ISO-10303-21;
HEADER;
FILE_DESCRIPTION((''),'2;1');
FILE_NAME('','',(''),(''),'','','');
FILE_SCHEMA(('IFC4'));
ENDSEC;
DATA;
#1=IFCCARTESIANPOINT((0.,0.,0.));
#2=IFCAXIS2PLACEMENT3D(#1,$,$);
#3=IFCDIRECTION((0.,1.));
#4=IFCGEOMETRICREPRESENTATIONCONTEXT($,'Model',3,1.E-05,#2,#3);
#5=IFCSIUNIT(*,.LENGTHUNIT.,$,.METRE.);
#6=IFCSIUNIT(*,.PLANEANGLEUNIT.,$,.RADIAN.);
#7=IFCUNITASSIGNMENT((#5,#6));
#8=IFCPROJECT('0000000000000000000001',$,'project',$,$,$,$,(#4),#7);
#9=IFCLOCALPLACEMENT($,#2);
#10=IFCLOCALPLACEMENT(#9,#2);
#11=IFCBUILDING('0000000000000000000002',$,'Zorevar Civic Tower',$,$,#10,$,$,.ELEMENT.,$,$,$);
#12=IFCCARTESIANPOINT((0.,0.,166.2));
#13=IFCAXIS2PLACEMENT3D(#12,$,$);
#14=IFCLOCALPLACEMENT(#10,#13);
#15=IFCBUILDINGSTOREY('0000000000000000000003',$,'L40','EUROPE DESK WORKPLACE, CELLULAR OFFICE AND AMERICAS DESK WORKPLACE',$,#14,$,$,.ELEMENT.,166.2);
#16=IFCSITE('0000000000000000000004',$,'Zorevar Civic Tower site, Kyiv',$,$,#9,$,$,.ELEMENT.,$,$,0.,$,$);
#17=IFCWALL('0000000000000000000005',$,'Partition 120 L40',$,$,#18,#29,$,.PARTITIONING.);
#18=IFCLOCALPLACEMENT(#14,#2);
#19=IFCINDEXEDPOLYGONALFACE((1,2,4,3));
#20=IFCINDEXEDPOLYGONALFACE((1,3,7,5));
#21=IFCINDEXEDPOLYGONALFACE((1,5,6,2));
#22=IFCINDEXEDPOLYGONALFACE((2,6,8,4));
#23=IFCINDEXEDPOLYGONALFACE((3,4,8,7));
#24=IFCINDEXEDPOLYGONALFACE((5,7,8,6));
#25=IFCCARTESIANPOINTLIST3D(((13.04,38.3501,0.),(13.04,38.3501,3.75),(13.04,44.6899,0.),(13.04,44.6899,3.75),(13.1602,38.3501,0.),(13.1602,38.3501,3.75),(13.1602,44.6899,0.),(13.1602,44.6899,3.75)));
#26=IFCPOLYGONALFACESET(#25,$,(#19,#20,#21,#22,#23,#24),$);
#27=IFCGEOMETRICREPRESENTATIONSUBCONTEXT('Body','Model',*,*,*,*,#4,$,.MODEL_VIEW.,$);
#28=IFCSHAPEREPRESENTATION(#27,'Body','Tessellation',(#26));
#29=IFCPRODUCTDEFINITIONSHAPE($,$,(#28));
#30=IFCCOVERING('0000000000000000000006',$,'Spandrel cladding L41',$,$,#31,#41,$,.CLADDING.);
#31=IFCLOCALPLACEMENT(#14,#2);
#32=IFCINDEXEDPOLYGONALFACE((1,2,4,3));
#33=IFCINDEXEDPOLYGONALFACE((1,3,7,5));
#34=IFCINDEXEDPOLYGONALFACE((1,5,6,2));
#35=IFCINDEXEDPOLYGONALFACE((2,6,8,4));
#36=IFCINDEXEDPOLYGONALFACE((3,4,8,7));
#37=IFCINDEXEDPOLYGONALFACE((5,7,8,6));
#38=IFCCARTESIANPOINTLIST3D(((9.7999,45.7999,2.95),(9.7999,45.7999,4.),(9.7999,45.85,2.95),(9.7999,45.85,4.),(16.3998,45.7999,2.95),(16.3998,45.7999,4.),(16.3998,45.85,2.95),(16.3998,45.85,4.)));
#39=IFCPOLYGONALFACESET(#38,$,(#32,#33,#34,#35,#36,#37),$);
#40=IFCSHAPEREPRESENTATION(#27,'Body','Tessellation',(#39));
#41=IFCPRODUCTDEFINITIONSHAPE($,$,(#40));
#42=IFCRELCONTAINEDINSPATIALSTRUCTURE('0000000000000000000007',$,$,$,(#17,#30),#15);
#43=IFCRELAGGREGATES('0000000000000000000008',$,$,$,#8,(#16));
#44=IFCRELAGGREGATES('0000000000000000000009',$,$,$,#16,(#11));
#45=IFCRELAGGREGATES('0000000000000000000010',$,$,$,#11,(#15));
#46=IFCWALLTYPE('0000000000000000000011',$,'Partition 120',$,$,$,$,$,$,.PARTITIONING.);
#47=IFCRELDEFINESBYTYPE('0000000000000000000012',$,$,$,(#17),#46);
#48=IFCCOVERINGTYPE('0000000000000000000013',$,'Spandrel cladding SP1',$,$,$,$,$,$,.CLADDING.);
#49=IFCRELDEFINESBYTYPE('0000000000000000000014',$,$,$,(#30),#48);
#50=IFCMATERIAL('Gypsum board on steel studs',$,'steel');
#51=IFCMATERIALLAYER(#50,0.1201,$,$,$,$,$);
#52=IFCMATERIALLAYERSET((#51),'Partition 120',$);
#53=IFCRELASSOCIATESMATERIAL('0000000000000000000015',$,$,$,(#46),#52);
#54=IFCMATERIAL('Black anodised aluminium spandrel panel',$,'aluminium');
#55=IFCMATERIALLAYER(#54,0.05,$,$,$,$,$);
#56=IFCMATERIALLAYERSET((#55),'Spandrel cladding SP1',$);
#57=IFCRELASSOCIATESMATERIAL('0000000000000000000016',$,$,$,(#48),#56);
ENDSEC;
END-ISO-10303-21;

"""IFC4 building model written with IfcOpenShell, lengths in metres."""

from ifc_helpers import new_model, si_unit, direction, frame, frame_2d, origin, place, context, subcontext, project, spatial, rectangle, extrude, material, layer, layer_set, type_object, element, save


model = new_model("IFC4")

# Units and contexts
model_context = context("Model", 3, precision=1e-05, world=origin(), true_north=direction((0.0, 1.0)))
body_context = subcontext(model_context, "Body", "Model", "MODEL_VIEW")
ifc_project = project(units=[si_unit("LENGTHUNIT", "METRE"), si_unit("PLANEANGLEUNIT", "RADIAN")], contexts=[model_context])

# Site, building, storey
site_placement = place(None, origin())
site = spatial("IfcSite", under=ifc_project, at=site_placement, Name="Zorevar Civic Tower site, Kyiv", CompositionType="ELEMENT", RefElevation=0.0)
building_placement = place(site_placement, origin())
building = spatial("IfcBuilding", under=site, at=building_placement, Name="Zorevar Civic Tower", CompositionType="ELEMENT")
storey_placement = place(building_placement, frame((0.0, 0.0, 166.2)))
storey = spatial("IfcBuildingStorey", under=building, at=storey_placement, Name="L40", Description="EUROPE DESK WORKPLACE, CELLULAR OFFICE AND AMERICAS DESK WORKPLACE", CompositionType="ELEMENT", Elevation=166.2)

# Shared definitions
ifc_material_1 = material(Name="Gypsum board on steel studs", Category="steel")
ifc_layer_1 = layer(ifc_material_1, 0.1201)
ifc_layer_set_1 = layer_set([ifc_layer_1], Name="Partition 120")
wall_type_1 = type_object("IfcWallType", Name="Partition 120", PredefinedType="PARTITIONING", material=ifc_layer_set_1)

# Wall
wall_1_placement = place(storey_placement, frame((13.1001, 38.3501, 0.0), z_axis=(0.0, 0.0, 1.0), x_axis=(0.0, 1.0, 0.0)))
element("IfcWall", 1, at=wall_1_placement, inside=storey, type_object=wall_type_1, Name="Partition 120 L40", PredefinedType="PARTITIONING", context=body_context, shape_type="SweptSolid", body=[
    extrude(rectangle(XDim=6.3398, YDim=0.1201, at=frame_2d((3.1699, 0.0))), origin(), (0.0, 0.0, 1.0), 3.75),
])

# Covering
ifc_material_2 = material(Name="Black anodised aluminium spandrel panel", Category="aluminium")
ifc_layer_2 = layer(ifc_material_2, 0.05)
ifc_layer_set_2 = layer_set([ifc_layer_2], Name="Spandrel cladding SP1")
covering_type = type_object("IfcCoveringType", Name="Spandrel cladding SP1", PredefinedType="CLADDING", material=ifc_layer_set_2)
covering_placement = place(storey_placement, frame((9.8, 45.825, 2.95), z_axis=(0.0, 0.0, 1.0), x_axis=(1.0, 0.0, 0.0)))
element("IfcCovering", 2, at=covering_placement, inside=storey, type_object=covering_type, Name="Spandrel cladding L41", PredefinedType="CLADDING", context=body_context, shape_type="SweptSolid", body=[
    extrude(rectangle(XDim=6.5999, YDim=0.05, at=frame_2d((3.2998, 0.0))), origin(), (0.0, 0.0, 1.0), 1.05),
])

save(model, "model.ifc")
